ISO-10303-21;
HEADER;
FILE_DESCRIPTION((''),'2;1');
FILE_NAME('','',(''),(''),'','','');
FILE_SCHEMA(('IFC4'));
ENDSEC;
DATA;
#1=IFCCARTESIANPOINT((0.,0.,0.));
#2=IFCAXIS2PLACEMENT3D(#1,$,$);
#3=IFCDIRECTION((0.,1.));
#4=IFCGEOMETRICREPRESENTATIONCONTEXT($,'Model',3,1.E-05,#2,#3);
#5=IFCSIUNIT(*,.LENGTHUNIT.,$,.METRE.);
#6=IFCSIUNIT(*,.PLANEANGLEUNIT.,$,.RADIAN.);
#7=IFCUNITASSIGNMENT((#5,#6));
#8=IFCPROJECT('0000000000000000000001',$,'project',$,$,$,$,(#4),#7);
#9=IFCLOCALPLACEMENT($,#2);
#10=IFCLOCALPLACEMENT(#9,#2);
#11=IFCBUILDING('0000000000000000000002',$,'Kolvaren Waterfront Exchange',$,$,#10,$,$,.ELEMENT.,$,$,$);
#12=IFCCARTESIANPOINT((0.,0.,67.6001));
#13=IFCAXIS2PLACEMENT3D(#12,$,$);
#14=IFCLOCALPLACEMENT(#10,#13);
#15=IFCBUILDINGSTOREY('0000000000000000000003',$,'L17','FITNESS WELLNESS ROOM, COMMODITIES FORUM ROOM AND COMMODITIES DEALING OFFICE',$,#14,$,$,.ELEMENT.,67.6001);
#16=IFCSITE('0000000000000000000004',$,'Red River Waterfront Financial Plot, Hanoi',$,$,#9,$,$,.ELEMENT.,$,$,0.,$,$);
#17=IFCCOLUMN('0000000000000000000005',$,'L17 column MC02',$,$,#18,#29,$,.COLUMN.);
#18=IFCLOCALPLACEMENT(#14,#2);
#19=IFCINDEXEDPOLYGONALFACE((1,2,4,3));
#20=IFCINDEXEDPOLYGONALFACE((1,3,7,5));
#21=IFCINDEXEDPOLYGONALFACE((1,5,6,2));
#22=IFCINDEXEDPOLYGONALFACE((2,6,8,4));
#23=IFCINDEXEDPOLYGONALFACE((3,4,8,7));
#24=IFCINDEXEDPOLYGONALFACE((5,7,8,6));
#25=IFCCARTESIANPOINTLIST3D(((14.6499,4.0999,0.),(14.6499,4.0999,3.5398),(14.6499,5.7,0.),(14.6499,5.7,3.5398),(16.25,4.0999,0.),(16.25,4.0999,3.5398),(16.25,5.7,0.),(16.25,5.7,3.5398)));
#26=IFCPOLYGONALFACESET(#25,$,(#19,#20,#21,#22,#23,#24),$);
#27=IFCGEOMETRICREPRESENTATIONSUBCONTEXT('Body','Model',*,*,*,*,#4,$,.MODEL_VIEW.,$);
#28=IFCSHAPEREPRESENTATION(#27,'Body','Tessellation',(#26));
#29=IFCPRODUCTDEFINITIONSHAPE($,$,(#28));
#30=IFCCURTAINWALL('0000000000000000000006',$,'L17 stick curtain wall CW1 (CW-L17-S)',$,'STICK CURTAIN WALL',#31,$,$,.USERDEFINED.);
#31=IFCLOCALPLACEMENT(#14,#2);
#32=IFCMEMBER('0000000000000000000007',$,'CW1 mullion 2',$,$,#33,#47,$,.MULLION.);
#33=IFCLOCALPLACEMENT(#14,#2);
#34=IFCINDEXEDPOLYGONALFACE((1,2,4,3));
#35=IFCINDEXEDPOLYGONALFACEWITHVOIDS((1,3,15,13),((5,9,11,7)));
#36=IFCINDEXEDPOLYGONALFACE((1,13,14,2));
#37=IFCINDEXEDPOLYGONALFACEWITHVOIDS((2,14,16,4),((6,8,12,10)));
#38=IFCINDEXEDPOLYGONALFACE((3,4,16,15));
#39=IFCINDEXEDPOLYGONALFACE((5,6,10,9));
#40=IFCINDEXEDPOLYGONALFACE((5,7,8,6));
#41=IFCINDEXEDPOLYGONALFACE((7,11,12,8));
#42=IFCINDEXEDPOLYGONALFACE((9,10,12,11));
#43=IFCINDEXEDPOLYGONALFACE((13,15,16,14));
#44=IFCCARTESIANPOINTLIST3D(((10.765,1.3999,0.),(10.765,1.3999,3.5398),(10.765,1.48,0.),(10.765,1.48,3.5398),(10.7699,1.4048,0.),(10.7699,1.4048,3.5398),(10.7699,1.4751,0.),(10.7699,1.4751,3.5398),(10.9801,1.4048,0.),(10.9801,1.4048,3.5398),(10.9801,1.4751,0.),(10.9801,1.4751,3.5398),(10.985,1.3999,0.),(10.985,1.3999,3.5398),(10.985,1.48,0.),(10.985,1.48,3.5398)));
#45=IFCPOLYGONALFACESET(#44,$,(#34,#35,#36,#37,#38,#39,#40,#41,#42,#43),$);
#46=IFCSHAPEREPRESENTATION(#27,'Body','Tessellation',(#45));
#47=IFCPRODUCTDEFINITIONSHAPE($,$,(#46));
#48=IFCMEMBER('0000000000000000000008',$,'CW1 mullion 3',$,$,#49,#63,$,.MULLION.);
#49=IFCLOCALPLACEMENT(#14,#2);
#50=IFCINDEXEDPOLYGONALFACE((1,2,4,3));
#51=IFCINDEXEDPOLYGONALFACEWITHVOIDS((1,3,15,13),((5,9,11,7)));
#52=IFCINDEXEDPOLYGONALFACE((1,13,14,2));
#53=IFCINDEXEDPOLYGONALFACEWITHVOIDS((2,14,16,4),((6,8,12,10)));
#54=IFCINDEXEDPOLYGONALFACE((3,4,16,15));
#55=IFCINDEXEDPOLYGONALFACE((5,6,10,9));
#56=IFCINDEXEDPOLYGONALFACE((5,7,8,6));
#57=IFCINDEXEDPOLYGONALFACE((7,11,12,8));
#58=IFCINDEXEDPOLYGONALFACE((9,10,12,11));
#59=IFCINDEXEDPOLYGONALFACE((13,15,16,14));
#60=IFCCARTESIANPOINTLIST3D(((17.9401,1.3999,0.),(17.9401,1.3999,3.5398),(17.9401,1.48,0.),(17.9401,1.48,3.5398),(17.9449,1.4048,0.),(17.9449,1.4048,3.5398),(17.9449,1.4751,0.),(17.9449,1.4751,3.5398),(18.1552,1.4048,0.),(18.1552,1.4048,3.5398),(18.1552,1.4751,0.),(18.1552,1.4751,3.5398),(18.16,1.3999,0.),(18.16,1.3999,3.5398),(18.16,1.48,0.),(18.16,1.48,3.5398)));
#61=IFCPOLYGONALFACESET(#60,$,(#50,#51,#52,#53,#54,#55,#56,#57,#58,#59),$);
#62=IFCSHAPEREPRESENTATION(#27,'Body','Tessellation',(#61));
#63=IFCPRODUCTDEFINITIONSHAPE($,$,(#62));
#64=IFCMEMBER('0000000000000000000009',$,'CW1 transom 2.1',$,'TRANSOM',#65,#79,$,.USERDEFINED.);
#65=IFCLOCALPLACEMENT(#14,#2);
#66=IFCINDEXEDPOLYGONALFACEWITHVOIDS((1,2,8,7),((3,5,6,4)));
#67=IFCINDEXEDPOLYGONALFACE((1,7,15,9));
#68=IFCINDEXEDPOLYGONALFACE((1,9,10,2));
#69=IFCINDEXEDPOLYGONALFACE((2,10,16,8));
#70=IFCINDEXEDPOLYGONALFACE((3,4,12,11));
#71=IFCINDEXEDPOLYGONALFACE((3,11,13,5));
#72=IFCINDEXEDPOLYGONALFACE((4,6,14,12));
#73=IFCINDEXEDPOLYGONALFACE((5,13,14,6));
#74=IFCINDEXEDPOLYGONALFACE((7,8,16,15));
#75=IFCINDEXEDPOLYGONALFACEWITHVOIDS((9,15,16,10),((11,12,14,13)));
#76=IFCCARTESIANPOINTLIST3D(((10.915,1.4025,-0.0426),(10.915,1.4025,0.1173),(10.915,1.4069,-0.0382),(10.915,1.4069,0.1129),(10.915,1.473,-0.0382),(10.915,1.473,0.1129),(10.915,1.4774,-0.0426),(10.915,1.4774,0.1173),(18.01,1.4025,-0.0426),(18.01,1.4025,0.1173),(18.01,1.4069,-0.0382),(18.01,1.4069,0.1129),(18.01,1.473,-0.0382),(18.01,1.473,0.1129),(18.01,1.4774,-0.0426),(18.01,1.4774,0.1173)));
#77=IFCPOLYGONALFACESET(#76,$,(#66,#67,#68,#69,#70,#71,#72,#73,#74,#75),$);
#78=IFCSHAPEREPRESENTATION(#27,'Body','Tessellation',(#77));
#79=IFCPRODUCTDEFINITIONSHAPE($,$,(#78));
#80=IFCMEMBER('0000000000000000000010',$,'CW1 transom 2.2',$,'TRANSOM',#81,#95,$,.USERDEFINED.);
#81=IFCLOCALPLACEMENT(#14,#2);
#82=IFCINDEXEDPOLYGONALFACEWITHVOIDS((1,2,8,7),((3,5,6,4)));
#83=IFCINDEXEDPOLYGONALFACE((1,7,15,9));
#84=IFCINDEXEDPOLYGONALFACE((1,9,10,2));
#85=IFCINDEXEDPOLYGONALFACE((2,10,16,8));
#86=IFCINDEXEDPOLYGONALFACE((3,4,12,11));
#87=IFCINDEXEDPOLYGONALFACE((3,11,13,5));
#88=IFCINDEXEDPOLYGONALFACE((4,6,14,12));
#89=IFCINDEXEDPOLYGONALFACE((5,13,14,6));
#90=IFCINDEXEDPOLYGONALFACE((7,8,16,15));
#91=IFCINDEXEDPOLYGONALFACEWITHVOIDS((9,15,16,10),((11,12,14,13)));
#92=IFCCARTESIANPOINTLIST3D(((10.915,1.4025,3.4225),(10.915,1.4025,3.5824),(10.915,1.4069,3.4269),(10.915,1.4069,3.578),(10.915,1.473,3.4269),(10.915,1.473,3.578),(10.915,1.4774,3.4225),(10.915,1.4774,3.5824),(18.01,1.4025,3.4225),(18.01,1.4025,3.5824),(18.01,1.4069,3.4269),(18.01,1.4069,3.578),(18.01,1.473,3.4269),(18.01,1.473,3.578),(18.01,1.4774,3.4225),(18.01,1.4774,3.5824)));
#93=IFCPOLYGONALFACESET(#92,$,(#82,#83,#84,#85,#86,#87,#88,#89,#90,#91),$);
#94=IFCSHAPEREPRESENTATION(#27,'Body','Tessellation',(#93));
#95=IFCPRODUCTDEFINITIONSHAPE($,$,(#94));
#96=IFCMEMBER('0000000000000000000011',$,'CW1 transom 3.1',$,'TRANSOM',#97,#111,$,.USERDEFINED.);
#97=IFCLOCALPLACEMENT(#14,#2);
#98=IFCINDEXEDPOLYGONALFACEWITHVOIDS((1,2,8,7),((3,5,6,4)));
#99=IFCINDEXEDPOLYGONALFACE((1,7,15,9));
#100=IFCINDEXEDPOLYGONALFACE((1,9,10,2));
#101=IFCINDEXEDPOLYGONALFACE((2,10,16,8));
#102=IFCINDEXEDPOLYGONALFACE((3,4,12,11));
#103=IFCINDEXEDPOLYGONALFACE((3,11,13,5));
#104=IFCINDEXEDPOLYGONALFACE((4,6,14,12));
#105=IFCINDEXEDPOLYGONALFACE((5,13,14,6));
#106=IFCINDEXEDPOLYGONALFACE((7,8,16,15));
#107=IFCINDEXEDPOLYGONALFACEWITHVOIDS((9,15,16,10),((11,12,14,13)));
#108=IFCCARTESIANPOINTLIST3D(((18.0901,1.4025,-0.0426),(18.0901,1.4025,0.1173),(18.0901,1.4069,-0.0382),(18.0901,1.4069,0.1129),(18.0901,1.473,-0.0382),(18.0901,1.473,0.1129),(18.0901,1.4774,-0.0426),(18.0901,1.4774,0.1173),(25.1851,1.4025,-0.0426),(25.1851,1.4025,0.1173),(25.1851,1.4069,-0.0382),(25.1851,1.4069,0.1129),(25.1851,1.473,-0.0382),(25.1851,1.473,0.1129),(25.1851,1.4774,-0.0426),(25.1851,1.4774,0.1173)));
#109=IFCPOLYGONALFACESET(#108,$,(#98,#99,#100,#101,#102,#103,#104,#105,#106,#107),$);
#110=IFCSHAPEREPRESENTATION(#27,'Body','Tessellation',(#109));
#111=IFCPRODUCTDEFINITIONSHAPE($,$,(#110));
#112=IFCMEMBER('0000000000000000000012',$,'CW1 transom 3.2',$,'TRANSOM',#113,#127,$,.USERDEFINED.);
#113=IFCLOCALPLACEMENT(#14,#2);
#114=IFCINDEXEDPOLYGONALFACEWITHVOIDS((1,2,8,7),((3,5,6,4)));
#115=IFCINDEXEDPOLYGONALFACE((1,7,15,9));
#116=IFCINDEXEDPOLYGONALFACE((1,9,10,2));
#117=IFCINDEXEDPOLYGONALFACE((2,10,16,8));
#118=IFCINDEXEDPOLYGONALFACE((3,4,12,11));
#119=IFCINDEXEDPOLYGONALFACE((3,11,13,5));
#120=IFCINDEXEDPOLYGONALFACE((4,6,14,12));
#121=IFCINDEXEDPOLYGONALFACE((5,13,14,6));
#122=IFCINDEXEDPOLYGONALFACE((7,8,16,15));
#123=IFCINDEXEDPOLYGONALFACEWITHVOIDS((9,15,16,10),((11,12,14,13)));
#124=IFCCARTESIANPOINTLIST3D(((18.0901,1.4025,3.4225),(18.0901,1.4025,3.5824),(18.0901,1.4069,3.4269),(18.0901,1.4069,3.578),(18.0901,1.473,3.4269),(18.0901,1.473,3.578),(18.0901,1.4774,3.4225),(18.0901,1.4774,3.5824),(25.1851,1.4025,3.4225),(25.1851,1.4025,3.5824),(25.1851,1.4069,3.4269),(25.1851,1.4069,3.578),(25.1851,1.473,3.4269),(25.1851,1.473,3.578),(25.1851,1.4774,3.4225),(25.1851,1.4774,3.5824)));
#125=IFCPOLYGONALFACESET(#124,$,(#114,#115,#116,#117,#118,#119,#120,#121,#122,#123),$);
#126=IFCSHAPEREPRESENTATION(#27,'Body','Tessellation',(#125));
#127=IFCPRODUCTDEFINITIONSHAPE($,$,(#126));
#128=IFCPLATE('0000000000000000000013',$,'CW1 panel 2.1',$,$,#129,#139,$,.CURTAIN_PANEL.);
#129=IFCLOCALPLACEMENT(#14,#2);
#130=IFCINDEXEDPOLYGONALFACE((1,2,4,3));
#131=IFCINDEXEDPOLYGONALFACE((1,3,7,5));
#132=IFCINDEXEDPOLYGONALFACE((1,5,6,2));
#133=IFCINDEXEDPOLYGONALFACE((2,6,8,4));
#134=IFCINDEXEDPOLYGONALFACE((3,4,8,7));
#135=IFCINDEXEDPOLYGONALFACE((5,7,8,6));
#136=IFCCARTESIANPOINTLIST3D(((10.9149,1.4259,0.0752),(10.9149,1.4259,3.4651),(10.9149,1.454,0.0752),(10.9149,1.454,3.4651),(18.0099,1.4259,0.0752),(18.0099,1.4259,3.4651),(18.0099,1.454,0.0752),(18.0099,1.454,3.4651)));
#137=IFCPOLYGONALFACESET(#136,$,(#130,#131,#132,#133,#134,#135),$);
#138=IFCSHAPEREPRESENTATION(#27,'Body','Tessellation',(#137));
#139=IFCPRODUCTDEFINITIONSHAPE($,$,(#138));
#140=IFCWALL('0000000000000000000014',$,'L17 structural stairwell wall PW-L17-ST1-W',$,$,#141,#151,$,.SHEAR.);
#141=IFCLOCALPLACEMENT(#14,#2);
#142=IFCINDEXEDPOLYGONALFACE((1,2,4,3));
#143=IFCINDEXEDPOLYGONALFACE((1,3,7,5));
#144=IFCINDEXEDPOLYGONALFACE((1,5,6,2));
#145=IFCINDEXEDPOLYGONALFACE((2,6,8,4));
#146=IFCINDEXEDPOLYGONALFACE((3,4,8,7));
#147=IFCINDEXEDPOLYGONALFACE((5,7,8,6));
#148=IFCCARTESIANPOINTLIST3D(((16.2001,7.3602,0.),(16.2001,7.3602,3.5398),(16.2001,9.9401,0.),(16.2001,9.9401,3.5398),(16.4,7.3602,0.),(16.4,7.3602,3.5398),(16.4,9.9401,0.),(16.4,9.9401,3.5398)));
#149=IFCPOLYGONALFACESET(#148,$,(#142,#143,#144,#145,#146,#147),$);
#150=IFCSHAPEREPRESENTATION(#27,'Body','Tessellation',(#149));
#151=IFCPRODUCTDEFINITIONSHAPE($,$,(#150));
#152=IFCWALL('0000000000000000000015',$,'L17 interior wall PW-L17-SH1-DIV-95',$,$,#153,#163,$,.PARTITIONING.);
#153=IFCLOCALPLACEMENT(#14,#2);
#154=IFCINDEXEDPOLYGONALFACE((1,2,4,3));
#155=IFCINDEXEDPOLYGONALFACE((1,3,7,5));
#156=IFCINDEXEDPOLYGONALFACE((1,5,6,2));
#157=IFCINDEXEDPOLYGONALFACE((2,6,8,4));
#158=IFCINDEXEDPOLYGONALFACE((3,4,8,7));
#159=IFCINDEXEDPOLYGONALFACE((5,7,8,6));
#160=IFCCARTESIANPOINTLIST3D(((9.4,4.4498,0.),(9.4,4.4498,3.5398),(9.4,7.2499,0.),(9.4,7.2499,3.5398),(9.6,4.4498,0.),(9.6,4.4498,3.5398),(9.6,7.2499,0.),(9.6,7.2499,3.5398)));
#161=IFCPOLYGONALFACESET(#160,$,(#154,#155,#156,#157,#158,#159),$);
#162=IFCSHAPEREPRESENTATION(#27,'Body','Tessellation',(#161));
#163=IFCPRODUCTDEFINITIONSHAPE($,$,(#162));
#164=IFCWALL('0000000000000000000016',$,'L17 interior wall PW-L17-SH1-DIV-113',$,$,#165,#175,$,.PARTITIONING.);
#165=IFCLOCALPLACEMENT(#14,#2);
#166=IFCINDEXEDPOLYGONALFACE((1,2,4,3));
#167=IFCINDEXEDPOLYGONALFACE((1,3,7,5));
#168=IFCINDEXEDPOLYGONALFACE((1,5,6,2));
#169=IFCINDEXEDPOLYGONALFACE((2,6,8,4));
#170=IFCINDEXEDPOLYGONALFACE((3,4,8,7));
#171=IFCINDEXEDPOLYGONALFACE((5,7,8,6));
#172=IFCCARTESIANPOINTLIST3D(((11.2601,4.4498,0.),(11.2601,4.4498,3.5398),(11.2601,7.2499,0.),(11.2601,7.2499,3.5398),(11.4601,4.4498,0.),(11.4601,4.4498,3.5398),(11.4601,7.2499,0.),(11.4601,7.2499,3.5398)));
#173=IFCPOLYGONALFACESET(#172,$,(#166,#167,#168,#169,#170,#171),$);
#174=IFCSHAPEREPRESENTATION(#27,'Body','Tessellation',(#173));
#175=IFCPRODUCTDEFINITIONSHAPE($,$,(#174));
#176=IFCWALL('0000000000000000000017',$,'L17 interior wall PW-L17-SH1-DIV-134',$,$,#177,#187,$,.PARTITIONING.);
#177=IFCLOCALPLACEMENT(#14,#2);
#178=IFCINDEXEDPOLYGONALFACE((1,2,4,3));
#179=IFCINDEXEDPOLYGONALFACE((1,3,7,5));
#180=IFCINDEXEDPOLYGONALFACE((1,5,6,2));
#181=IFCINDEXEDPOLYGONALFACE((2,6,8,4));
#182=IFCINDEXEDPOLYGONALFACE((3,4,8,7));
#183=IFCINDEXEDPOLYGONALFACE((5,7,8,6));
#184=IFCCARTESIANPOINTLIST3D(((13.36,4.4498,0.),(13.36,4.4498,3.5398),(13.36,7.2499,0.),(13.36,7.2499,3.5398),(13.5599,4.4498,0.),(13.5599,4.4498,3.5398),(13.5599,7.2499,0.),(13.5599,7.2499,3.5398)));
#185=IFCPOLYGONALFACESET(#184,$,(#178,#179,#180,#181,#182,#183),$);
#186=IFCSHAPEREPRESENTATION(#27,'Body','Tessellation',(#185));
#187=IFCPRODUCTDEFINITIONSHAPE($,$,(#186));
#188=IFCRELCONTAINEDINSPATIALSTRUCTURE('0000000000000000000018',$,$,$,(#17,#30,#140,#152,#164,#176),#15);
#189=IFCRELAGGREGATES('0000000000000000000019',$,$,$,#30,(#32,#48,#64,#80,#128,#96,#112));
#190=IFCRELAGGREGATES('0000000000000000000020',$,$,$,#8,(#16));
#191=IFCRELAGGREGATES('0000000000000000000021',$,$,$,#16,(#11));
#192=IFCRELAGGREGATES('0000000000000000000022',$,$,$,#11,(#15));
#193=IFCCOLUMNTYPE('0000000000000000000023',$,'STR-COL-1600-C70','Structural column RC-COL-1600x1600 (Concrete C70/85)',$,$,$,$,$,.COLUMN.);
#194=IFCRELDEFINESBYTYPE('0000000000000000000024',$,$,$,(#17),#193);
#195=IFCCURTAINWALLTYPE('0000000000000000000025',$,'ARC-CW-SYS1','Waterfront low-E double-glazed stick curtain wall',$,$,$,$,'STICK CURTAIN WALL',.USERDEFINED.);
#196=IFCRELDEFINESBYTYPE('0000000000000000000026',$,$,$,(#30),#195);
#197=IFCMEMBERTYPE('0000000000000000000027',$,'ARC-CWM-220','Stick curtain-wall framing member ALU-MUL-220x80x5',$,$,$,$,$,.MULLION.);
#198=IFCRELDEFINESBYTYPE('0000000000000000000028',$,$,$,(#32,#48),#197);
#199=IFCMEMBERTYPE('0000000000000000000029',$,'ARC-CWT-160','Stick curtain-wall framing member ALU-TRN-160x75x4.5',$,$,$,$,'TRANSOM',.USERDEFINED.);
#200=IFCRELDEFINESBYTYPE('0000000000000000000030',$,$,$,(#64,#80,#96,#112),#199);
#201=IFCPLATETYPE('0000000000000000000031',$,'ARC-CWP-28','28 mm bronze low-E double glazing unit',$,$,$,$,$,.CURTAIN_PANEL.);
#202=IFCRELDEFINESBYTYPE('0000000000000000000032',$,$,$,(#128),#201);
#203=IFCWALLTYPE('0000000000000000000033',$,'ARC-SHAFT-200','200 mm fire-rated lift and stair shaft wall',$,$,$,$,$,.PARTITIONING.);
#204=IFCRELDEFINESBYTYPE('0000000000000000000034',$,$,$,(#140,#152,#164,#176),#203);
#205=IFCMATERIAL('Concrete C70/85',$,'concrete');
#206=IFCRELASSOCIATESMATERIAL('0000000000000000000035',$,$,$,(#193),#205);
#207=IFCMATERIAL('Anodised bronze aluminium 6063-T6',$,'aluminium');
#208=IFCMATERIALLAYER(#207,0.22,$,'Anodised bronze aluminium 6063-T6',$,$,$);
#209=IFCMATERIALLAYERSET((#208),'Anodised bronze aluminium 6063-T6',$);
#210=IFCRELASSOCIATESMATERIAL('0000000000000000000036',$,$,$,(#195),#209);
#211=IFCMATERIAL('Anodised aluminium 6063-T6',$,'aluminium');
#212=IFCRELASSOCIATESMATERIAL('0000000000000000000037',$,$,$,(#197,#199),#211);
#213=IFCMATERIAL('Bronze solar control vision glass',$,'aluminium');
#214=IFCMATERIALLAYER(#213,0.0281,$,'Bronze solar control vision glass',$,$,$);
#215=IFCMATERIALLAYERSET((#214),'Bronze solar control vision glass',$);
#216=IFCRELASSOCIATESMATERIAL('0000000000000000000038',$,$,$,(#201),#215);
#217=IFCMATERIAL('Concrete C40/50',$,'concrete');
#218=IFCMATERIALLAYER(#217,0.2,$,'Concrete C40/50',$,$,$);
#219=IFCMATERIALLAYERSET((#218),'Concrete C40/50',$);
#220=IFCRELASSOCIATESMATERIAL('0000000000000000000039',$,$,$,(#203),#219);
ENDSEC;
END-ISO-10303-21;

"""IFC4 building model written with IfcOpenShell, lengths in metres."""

from ifc_helpers import new_model, si_unit, direction, frame, frame_2d, origin, origin_with_axes, origin_2d, place, context, subcontext, project, spatial, rectangle, hollow_rectangle, extrude, source, transform, mapped, material, layer, layer_set, material_profile, profile_set, type_object, element, aggregate, save


model = new_model("IFC4")

# Units and contexts
model_context = context("Model", 3, precision=1e-05, world=origin(), true_north=direction((0.0, 1.0)))
body_context = subcontext(model_context, "Body", "Model", "MODEL_VIEW")
ifc_project = project(units=[si_unit("LENGTHUNIT", "METRE"), si_unit("PLANEANGLEUNIT", "RADIAN")], contexts=[model_context])

# Site, building, storey
site_placement = place(None, origin())
site = spatial("IfcSite", under=ifc_project, at=site_placement, Name="Red River Waterfront Financial Plot, Hanoi", CompositionType="ELEMENT", RefElevation=0.0)
building_placement = place(site_placement, origin())
building = spatial("IfcBuilding", under=site, at=building_placement, Name="Kolvaren Waterfront Exchange", CompositionType="ELEMENT")
storey_placement = place(building_placement, frame((0.0, 0.0, 67.6001)))
storey = spatial("IfcBuildingStorey", under=building, at=storey_placement, Name="L17", Description="FITNESS WELLNESS ROOM, COMMODITIES FORUM ROOM AND COMMODITIES DEALING OFFICE", CompositionType="ELEMENT", Elevation=67.6001)

# Column
ifc_material_1 = material(Name="Concrete C70/85", Category="concrete")
ifc_material_profile_1 = material_profile(ifc_material_1, rectangle(XDim=1.6001, YDim=1.6001, at=origin_2d()), Name="RC-COL-1600x1600")
ifc_profile_set_1 = profile_set([ifc_material_profile_1], Name="Concrete C70/85")
column_type = type_object("IfcColumnType", Name="STR-COL-1600-C70", Description="Structural column RC-COL-1600x1600 (Concrete C70/85)", PredefinedType="COLUMN", material=ifc_profile_set_1)
column_placement = place(storey_placement, frame((15.45, 4.8999, 0.0), z_axis=(0.0, 0.0, 1.0), x_axis=(1.0, 0.0, 0.0)))
element("IfcColumn", 1, at=column_placement, inside=storey, type_object=column_type, Name="L17 column MC02", PredefinedType="COLUMN", context=body_context, shape_type="SweptSolid", body=[
    extrude(rectangle(XDim=1.6001, YDim=1.6001, at=origin_2d()), origin(), (0.0, 0.0, 1.0), 3.5398),
])

# Curtain wall, members, plate
ifc_material_2 = material(Name="Anodised bronze aluminium 6063-T6", Category="aluminium")
ifc_layer_1 = layer(ifc_material_2, 0.22, Name="Anodised bronze aluminium 6063-T6")
ifc_layer_set_1 = layer_set([ifc_layer_1], Name="Anodised bronze aluminium 6063-T6")
curtain_wall_type = type_object("IfcCurtainWallType", Name="ARC-CW-SYS1", Description="Waterfront low-E double-glazed stick curtain wall", ElementType="STICK CURTAIN WALL", PredefinedType="USERDEFINED", material=ifc_layer_set_1)
curtain_wall_placement = place(storey_placement, origin())
curtain_wall = element("IfcCurtainWall", 2, at=curtain_wall_placement, inside=storey, type_object=curtain_wall_type, Name="L17 stick curtain wall CW1 (CW-L17-S)", ObjectType="STICK CURTAIN WALL", PredefinedType="USERDEFINED")
ifc_material_3 = material(Name="Anodised aluminium 6063-T6", Category="aluminium")
ifc_material_profile_2 = material_profile(ifc_material_3, hollow_rectangle(XDim=0.0801, YDim=0.22, WallThickness=0.0049, at=origin_2d()), Name="ALU-MUL-220x80x5")
ifc_profile_set_2 = profile_set([ifc_material_profile_2], Name="Anodised aluminium 6063-T6")
member_type_1 = type_object("IfcMemberType", Name="ARC-CWM-220", Description="Stick curtain-wall framing member ALU-MUL-220x80x5", PredefinedType="MULLION", material=ifc_profile_set_2)
shared_shape_1 = source(origin_with_axes(), body_context, "Body", "SweptSolid", [
    extrude(hollow_rectangle(XDim=0.0801, YDim=0.22, WallThickness=0.0049, at=origin_2d()), origin(), (0.0, 0.0, 1.0), 3.5398),
])
member_1_placement = place(storey_placement, frame((10.875, 1.4399, 0.0), z_axis=(0.0, 0.0, 1.0), x_axis=(0.0, 1.0, 0.0)))
member_1 = element("IfcMember", 3, at=member_1_placement, type_object=member_type_1, Name="CW1 mullion 2", PredefinedType="MULLION", context=body_context, shape_type="MappedRepresentation", body=[
    mapped(shared_shape_1, transform((0.0, 0.0, 0.0), x_axis=(1.0, 0.0, 0.0), y_axis=(0.0, 1.0, 0.0), z_axis=(0.0, 0.0, 1.0), scale=1.0)),
])
member_2_placement = place(storey_placement, frame((18.05, 1.4399, 0.0), z_axis=(0.0, 0.0, 1.0), x_axis=(0.0, 1.0, 0.0)))
member_2 = element("IfcMember", 4, at=member_2_placement, type_object=member_type_1, Name="CW1 mullion 3", PredefinedType="MULLION", context=body_context, shape_type="MappedRepresentation", body=[
    mapped(shared_shape_1, transform((0.0, 0.0, 0.0), x_axis=(1.0, 0.0, 0.0), y_axis=(0.0, 1.0, 0.0), z_axis=(0.0, 0.0, 1.0), scale=1.0)),
])
ifc_material_profile_3 = material_profile(ifc_material_3, hollow_rectangle(XDim=0.075, YDim=0.1599, WallThickness=0.0044, at=origin_2d()), Name="ALU-TRN-160x75x4.5")
ifc_profile_set_3 = profile_set([ifc_material_profile_3], Name="Anodised aluminium 6063-T6")
member_type_2 = type_object("IfcMemberType", Name="ARC-CWT-160", Description="Stick curtain-wall framing member ALU-TRN-160x75x4.5", ElementType="TRANSOM", PredefinedType="USERDEFINED", material=ifc_profile_set_3)
shared_shape_2 = source(origin_with_axes(), body_context, "Body", "SweptSolid", [
    extrude(hollow_rectangle(XDim=0.075, YDim=0.1599, WallThickness=0.0044, at=origin_2d()), origin(), (0.0, 0.0, 1.0), 7.095),
])
member_3_placement = place(storey_placement, frame((10.915, 1.4399, 0.0374), z_axis=(1.0, 0.0, 0.0), x_axis=(0.0, 1.0, 0.0)))
member_3 = element("IfcMember", 5, at=member_3_placement, type_object=member_type_2, Name="CW1 transom 2.1", ObjectType="TRANSOM", PredefinedType="USERDEFINED", context=body_context, shape_type="MappedRepresentation", body=[
    mapped(shared_shape_2, transform((0.0, 0.0, 0.0), x_axis=(1.0, 0.0, 0.0), y_axis=(0.0, 1.0, 0.0), z_axis=(0.0, 0.0, 1.0), scale=1.0)),
])
member_4_placement = place(storey_placement, frame((10.915, 1.4399, 3.5024), z_axis=(1.0, 0.0, 0.0), x_axis=(0.0, 1.0, 0.0)))
member_4 = element("IfcMember", 6, at=member_4_placement, type_object=member_type_2, Name="CW1 transom 2.2", ObjectType="TRANSOM", PredefinedType="USERDEFINED", context=body_context, shape_type="MappedRepresentation", body=[
    mapped(shared_shape_2, transform((0.0, 0.0, 0.0), x_axis=(1.0, 0.0, 0.0), y_axis=(0.0, 1.0, 0.0), z_axis=(0.0, 0.0, 1.0), scale=1.0)),
])
member_5_placement = place(storey_placement, frame((18.0901, 1.4399, 0.0374), z_axis=(1.0, 0.0, 0.0), x_axis=(0.0, 1.0, 0.0)))
member_5 = element("IfcMember", 7, at=member_5_placement, type_object=member_type_2, Name="CW1 transom 3.1", ObjectType="TRANSOM", PredefinedType="USERDEFINED", context=body_context, shape_type="MappedRepresentation", body=[
    mapped(shared_shape_2, transform((0.0, 0.0, 0.0), x_axis=(1.0, 0.0, 0.0), y_axis=(0.0, 1.0, 0.0), z_axis=(0.0, 0.0, 1.0), scale=1.0)),
])
member_6_placement = place(storey_placement, frame((18.0901, 1.4399, 3.5024), z_axis=(1.0, 0.0, 0.0), x_axis=(0.0, 1.0, 0.0)))
member_6 = element("IfcMember", 8, at=member_6_placement, type_object=member_type_2, Name="CW1 transom 3.2", ObjectType="TRANSOM", PredefinedType="USERDEFINED", context=body_context, shape_type="MappedRepresentation", body=[
    mapped(shared_shape_2, transform((0.0, 0.0, 0.0), x_axis=(1.0, 0.0, 0.0), y_axis=(0.0, 1.0, 0.0), z_axis=(0.0, 0.0, 1.0), scale=1.0)),
])
ifc_material_4 = material(Name="Bronze solar control vision glass", Category="aluminium")
ifc_layer_2 = layer(ifc_material_4, 0.0281, Name="Bronze solar control vision glass")
ifc_layer_set_2 = layer_set([ifc_layer_2], Name="Bronze solar control vision glass")
plate_type = type_object("IfcPlateType", Name="ARC-CWP-28", Description="28 mm bronze low-E double glazing unit", PredefinedType="CURTAIN_PANEL", material=ifc_layer_set_2)
shared_shape_3 = source(origin_with_axes(), body_context, "Body", "SweptSolid", [
    extrude(rectangle(XDim=7.095, YDim=0.0281, at=origin_2d()), origin(), (0.0, 0.0, 1.0), 3.3899),
])
plate_placement = place(storey_placement, frame((14.4624, 1.4399, 0.0752), z_axis=(0.0, 0.0, 1.0), x_axis=(1.0, 0.0, 0.0)))
plate = element("IfcPlate", 9, at=plate_placement, type_object=plate_type, Name="CW1 panel 2.1", PredefinedType="CURTAIN_PANEL", context=body_context, shape_type="MappedRepresentation", body=[
    mapped(shared_shape_3, transform((0.0, 0.0, 0.0), x_axis=(1.0, 0.0, 0.0), y_axis=(0.0, 1.0, 0.0), z_axis=(0.0, 0.0, 1.0), scale=1.0)),
])
aggregate(curtain_wall, [member_1, member_2, member_3, member_4, plate, member_5, member_6])

# Walls
ifc_material_5 = material(Name="Concrete C40/50", Category="concrete")
ifc_layer_3 = layer(ifc_material_5, 0.2, Name="Concrete C40/50")
ifc_layer_set_3 = layer_set([ifc_layer_3], Name="Concrete C40/50")
wall_type_1 = type_object("IfcWallType", Name="ARC-SHAFT-200", Description="200 mm fire-rated lift and stair shaft wall", PredefinedType="PARTITIONING", material=ifc_layer_set_3)
wall_1_placement = place(storey_placement, frame((16.3, 7.3601, 0.0), z_axis=(0.0, 0.0, 1.0), x_axis=(0.0, 1.0, 0.0)))
element("IfcWall", 10, at=wall_1_placement, inside=storey, type_object=wall_type_1, Name="L17 structural stairwell wall PW-L17-ST1-W", PredefinedType="SHEAR", context=body_context, shape_type="SweptSolid", body=[
    extrude(rectangle(XDim=2.5798, YDim=0.2, at=frame_2d((1.29, 0.0))), origin(), (0.0, 0.0, 1.0), 3.5398),
])
for number, where, z_axis, x_axis, name in (
    (11, (9.5, 4.45, 0.0), (0.0, 0.0, 1.0), (0.0, 1.0, 0.0), "L17 interior wall PW-L17-SH1-DIV-95"),
    (12, (11.3601, 4.45, 0.0), (0.0, 0.0, 1.0), (0.0, 1.0, 0.0), "L17 interior wall PW-L17-SH1-DIV-113"),
    (13, (13.46, 4.45, 0.0), (0.0, 0.0, 1.0), (0.0, 1.0, 0.0), "L17 interior wall PW-L17-SH1-DIV-134"),
):
    element("IfcWall", number, at=place(storey_placement, frame(where, z_axis=z_axis, x_axis=x_axis)), inside=storey, type_object=wall_type_1, Name=name, PredefinedType="PARTITIONING", context=body_context, shape_type="SweptSolid", body=[
        extrude(rectangle(XDim=2.8, YDim=0.2, at=frame_2d((1.3999, 0.0))), origin(), (0.0, 0.0, 1.0), 3.5398),
    ])

save(model, "model.ifc")
